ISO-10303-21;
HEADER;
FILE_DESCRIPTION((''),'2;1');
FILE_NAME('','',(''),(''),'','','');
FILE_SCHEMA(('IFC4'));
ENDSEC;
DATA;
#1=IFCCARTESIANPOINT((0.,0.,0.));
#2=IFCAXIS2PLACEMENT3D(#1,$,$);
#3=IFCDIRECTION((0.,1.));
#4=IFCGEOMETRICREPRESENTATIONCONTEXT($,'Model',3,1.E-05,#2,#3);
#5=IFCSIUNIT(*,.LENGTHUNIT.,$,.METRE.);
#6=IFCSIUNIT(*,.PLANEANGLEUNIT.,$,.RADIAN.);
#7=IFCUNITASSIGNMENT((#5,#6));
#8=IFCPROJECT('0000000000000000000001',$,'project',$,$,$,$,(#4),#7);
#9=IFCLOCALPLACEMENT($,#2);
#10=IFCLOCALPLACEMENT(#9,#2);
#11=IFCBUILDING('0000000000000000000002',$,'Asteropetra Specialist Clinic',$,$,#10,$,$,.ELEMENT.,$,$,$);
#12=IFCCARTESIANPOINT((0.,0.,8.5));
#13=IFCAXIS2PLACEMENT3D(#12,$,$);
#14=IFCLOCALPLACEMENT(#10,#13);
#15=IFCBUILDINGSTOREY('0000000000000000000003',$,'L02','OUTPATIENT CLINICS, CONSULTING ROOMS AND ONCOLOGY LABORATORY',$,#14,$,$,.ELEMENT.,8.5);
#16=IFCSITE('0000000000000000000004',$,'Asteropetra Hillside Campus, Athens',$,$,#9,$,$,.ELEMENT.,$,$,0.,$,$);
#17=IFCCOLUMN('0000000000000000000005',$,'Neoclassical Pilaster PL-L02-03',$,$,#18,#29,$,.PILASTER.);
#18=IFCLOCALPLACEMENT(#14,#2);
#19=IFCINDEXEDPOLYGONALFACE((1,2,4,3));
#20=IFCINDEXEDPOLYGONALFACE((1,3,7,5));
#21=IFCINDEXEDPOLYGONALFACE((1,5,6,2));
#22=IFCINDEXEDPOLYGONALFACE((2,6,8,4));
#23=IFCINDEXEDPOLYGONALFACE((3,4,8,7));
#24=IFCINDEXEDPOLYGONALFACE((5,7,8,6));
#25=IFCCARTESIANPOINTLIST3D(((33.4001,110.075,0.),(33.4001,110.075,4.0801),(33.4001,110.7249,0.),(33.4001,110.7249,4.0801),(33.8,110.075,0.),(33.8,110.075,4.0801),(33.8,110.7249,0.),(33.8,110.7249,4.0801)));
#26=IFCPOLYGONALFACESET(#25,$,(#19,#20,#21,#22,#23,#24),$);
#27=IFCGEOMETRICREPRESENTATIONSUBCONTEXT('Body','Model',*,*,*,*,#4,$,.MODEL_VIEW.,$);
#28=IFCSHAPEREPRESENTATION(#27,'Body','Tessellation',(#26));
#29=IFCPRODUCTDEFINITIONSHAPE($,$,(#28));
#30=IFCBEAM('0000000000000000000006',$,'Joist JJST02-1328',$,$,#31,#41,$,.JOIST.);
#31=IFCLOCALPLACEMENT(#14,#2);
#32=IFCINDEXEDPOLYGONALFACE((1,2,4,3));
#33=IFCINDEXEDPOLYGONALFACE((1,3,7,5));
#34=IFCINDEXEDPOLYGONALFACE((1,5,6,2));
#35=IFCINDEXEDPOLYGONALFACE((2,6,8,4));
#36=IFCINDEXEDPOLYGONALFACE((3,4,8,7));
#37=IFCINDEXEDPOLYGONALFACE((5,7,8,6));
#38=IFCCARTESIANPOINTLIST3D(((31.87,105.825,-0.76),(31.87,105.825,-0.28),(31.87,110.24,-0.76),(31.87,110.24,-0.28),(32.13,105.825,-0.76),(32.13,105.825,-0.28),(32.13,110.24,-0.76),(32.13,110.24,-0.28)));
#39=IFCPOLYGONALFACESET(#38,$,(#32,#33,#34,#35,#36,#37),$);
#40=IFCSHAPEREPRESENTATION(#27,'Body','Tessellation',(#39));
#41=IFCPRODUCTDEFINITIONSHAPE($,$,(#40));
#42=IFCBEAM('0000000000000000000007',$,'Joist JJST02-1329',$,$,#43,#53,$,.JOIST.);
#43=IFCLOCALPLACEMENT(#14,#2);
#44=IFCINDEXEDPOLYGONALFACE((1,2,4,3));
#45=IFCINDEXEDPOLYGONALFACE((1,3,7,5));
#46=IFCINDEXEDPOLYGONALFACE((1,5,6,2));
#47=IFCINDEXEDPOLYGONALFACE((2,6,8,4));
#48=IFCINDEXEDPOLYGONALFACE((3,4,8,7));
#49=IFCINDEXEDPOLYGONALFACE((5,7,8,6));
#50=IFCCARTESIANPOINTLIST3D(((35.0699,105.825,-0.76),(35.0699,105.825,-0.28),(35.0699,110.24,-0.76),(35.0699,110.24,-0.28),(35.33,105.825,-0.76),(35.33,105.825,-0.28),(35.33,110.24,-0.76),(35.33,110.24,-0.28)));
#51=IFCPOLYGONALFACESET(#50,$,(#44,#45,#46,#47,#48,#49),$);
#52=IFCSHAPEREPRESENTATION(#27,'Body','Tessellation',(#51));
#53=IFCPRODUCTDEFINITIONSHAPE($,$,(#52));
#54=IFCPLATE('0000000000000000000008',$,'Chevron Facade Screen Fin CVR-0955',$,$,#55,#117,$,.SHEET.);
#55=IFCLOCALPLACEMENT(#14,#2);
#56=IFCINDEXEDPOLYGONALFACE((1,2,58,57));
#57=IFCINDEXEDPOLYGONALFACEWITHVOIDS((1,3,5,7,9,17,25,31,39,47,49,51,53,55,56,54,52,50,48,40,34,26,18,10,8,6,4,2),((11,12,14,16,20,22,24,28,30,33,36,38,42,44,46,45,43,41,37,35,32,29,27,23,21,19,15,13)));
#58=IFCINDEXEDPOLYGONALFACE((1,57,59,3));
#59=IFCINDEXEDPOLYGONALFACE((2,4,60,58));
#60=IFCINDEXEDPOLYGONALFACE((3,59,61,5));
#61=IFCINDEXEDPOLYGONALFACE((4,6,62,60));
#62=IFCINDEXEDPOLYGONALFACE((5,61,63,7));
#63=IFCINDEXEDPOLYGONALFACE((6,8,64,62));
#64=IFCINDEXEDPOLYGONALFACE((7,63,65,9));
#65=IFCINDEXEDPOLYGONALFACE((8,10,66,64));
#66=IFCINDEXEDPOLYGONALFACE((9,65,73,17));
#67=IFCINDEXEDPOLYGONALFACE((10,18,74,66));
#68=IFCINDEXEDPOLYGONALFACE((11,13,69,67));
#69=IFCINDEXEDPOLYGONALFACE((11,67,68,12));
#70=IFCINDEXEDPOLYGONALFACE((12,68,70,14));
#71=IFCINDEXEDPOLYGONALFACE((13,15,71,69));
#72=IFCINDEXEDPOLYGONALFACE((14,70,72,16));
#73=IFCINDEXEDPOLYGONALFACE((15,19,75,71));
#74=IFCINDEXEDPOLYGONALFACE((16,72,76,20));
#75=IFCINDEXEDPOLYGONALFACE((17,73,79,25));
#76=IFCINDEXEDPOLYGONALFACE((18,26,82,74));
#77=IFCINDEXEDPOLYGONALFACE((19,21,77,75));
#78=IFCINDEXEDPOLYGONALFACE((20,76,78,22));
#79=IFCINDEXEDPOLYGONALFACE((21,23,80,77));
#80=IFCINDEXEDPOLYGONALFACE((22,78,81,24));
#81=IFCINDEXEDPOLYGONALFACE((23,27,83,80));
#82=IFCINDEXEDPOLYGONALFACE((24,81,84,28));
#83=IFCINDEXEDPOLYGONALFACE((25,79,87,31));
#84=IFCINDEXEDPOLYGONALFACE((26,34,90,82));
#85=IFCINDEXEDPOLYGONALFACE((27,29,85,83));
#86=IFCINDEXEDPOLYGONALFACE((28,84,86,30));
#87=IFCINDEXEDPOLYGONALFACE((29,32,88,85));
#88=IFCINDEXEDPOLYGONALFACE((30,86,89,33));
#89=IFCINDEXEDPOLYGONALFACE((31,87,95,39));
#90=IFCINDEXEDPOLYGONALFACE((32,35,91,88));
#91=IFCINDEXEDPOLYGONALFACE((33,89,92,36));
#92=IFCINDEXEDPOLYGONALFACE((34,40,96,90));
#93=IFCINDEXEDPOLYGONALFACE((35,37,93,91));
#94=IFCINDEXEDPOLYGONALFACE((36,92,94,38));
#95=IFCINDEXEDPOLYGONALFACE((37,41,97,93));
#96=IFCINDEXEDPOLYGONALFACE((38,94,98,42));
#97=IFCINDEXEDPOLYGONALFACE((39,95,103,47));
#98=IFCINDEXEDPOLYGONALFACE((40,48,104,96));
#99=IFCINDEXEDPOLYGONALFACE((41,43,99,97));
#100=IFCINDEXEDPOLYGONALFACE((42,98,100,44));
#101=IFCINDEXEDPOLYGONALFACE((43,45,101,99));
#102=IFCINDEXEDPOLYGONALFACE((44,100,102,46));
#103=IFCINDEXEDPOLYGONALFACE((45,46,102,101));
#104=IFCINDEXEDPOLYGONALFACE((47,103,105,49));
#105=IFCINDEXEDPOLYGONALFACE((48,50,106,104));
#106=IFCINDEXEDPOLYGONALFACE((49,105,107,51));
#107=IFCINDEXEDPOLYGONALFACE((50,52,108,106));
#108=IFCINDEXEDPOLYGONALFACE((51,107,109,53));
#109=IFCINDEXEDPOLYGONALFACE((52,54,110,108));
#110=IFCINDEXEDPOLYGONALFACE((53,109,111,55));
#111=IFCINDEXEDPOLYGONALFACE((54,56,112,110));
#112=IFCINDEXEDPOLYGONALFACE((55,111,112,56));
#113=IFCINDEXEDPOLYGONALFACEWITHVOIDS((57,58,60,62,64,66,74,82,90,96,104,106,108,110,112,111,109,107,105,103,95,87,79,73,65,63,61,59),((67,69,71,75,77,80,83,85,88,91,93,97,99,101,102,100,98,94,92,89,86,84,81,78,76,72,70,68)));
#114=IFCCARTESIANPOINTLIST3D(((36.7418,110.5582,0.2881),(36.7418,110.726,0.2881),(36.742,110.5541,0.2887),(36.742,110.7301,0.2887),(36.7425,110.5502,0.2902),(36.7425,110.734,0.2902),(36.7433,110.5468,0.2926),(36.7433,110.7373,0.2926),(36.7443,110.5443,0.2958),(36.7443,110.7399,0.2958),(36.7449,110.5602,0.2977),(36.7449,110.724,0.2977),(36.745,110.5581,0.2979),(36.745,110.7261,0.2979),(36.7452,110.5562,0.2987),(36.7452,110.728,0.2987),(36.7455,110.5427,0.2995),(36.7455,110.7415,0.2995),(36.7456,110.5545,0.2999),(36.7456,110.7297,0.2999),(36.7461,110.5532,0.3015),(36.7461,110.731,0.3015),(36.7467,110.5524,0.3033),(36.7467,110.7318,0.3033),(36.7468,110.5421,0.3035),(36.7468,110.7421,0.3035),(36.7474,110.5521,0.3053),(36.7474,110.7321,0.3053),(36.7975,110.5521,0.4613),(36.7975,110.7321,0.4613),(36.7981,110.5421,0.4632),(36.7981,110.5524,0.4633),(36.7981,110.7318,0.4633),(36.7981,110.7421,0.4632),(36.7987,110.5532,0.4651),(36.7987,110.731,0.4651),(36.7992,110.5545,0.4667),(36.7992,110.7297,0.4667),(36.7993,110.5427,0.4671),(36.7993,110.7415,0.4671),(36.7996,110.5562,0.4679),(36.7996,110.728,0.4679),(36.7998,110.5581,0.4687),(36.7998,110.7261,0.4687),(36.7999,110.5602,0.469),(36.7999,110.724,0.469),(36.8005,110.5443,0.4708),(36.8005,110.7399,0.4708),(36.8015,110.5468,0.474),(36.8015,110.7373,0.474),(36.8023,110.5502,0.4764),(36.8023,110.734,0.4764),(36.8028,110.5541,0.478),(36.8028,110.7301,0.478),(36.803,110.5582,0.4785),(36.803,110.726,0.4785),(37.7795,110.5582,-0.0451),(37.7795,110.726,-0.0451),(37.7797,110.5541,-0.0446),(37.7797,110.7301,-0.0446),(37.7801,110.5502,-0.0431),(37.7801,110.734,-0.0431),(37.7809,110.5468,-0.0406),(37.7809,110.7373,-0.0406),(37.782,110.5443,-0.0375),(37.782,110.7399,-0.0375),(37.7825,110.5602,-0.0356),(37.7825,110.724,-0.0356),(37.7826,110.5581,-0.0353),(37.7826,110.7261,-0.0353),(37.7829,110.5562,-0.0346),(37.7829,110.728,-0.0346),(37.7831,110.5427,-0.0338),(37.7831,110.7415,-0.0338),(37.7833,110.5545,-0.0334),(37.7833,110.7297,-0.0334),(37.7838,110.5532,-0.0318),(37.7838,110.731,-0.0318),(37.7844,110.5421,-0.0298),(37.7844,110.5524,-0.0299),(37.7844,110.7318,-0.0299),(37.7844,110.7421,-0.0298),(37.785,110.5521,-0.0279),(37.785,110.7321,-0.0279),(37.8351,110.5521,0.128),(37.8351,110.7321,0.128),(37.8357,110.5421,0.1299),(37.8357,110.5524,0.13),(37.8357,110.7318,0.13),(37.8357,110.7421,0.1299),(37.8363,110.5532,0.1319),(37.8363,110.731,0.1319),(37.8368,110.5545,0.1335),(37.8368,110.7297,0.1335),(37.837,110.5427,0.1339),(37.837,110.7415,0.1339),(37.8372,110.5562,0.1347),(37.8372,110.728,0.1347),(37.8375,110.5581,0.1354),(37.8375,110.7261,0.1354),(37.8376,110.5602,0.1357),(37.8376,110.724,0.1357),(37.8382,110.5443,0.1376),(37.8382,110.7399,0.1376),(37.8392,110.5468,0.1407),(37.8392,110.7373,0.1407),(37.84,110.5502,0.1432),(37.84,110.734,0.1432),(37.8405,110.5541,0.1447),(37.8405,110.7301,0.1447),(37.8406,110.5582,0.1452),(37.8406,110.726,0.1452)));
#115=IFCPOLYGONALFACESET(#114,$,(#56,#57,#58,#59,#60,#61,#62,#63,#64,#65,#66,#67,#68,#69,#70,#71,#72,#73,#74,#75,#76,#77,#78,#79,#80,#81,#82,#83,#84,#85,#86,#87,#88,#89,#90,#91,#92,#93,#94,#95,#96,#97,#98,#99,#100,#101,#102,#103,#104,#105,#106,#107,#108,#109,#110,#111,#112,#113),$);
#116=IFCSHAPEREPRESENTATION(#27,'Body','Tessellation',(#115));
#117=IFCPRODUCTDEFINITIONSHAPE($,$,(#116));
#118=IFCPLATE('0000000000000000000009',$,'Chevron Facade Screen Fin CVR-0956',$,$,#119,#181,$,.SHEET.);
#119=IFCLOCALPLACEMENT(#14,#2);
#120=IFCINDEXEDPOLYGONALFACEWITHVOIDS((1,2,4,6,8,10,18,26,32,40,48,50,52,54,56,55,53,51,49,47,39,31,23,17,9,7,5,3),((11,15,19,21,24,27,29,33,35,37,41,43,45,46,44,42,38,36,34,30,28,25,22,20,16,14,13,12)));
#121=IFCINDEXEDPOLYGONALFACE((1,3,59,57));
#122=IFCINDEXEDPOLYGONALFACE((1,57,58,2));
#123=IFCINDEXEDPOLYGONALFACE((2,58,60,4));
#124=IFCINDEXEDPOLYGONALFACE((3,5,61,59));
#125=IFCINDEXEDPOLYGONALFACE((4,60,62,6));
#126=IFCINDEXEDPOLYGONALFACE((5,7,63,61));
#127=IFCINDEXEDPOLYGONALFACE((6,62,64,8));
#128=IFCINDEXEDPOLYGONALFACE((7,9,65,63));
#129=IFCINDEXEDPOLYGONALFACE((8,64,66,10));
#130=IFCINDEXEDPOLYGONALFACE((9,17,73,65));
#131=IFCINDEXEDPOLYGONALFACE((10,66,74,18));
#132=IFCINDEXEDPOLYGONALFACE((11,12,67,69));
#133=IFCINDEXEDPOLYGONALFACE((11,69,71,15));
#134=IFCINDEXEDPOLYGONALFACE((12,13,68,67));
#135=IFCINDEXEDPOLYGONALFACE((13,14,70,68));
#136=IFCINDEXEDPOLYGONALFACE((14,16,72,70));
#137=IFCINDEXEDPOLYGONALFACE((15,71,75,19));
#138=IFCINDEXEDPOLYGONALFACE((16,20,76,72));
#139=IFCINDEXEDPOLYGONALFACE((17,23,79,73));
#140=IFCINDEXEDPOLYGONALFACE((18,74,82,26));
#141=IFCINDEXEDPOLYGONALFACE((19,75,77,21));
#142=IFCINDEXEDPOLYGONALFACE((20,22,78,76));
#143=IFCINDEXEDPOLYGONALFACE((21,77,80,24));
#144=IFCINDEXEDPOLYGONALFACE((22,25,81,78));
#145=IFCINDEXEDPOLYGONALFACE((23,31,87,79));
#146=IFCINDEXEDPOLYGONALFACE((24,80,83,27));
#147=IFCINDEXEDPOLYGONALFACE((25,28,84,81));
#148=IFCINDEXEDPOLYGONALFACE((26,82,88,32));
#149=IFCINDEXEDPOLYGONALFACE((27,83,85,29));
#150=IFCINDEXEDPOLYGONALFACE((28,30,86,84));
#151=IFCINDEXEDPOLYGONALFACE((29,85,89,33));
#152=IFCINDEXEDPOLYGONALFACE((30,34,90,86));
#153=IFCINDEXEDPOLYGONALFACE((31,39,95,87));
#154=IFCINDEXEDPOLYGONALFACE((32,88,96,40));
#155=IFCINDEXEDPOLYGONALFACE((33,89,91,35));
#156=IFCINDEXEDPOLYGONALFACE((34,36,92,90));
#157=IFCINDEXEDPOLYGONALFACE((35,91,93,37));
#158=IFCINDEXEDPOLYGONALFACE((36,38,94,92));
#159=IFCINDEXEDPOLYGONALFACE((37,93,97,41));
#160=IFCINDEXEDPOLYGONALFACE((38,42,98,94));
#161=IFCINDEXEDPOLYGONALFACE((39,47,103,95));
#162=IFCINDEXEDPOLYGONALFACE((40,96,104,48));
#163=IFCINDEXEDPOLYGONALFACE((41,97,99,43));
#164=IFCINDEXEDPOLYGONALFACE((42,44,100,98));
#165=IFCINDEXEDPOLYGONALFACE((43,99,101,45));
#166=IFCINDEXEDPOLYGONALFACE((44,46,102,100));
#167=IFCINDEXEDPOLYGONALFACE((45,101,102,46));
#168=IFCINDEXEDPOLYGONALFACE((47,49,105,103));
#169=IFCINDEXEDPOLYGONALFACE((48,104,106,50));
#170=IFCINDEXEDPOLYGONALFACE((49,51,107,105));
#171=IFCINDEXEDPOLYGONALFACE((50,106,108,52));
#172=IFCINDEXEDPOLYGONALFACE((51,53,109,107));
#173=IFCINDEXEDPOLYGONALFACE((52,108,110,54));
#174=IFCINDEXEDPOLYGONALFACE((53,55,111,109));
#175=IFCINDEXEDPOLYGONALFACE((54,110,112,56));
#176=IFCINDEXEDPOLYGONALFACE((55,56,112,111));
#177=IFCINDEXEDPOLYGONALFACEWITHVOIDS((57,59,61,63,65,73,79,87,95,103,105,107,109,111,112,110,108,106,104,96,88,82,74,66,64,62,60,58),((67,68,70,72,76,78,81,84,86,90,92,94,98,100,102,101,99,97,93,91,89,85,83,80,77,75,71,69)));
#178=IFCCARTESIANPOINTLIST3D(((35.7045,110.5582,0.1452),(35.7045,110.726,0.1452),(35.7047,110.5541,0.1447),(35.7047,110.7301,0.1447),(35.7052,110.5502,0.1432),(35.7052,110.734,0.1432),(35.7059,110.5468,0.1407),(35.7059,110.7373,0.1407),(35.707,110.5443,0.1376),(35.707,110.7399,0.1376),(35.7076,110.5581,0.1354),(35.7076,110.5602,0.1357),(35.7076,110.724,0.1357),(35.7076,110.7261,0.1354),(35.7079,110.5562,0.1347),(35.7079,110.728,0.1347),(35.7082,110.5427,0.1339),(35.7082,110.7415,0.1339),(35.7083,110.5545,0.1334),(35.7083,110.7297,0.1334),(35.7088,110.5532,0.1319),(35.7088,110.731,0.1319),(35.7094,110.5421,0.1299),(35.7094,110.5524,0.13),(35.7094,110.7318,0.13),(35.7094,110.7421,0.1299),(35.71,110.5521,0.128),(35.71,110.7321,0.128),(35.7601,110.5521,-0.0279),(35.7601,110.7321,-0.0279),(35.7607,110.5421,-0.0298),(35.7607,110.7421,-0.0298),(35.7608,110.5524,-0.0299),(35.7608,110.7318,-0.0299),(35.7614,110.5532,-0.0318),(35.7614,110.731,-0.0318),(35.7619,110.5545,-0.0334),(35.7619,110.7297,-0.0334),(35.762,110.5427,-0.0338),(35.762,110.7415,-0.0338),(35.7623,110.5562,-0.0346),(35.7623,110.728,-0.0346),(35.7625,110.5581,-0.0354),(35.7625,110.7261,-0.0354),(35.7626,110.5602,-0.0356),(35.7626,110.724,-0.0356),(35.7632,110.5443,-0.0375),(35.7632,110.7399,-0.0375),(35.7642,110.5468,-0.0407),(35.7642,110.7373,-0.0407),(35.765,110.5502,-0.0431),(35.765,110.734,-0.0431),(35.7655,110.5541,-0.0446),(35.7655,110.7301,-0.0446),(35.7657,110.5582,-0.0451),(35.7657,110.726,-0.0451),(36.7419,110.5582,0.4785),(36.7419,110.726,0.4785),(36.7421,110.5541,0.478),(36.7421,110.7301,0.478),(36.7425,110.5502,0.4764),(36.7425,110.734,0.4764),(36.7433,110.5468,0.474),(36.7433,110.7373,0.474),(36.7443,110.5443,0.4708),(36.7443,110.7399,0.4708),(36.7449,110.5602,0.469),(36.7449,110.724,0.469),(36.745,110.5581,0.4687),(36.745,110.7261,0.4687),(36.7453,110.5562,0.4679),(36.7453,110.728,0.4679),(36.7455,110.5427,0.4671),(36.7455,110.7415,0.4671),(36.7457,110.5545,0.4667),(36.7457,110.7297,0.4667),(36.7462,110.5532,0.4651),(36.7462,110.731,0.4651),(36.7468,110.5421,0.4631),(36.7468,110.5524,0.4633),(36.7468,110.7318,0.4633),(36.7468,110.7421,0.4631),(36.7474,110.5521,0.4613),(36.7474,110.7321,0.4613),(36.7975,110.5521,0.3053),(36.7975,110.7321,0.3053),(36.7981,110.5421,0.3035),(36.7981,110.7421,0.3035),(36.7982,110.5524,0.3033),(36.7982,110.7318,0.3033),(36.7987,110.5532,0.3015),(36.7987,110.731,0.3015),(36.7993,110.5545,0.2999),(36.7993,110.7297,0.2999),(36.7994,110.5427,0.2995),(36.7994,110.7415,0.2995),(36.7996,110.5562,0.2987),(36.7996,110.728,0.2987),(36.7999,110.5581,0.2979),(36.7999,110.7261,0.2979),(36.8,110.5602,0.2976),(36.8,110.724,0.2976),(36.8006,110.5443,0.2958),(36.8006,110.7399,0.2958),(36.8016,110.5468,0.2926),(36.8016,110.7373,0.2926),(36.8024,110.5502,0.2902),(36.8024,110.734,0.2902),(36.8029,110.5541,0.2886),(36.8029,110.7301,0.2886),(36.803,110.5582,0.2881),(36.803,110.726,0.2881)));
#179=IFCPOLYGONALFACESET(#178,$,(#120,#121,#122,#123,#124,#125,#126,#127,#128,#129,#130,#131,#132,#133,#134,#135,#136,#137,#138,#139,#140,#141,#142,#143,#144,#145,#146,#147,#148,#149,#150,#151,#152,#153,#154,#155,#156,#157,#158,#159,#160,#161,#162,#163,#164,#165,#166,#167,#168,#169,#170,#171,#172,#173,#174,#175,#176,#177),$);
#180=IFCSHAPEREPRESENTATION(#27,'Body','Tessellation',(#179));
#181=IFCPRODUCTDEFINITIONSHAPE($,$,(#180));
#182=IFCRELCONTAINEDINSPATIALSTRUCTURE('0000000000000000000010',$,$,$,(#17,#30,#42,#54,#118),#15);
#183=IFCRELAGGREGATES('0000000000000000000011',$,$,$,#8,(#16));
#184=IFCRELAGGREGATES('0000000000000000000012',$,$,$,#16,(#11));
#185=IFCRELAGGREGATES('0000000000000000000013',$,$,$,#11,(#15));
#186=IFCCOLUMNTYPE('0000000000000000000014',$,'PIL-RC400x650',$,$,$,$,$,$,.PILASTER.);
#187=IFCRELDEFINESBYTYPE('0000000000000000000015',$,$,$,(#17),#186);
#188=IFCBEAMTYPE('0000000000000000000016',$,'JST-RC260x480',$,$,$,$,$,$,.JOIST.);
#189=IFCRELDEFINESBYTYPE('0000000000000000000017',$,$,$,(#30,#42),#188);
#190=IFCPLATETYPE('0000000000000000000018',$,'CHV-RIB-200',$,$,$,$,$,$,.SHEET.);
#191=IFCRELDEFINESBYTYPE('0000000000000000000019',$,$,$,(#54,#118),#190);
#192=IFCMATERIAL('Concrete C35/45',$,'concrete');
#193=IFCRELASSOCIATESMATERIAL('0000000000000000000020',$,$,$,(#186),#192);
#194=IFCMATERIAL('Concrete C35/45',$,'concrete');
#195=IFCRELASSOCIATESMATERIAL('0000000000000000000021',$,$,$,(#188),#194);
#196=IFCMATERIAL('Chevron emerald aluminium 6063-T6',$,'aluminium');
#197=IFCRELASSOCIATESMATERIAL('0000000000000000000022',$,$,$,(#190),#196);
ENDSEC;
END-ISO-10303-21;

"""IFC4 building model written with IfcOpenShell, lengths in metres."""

from ifc_helpers import new_model, si_unit, direction, frame, origin, origin_2d, place, context, subcontext, project, spatial, rectangle, hollow_rectangle, extrude, material, material_profile, profile_set, type_object, element, save


model = new_model("IFC4")

# Units and contexts
model_context = context("Model", 3, precision=1e-05, world=origin(), true_north=direction((0.0, 1.0)))
body_context = subcontext(model_context, "Body", "Model", "MODEL_VIEW")
ifc_project = project(units=[si_unit("LENGTHUNIT", "METRE"), si_unit("PLANEANGLEUNIT", "RADIAN")], contexts=[model_context])

# Site, building, storey
site_placement = place(None, origin())
site = spatial("IfcSite", under=ifc_project, at=site_placement, Name="Asteropetra Hillside Campus, Athens", CompositionType="ELEMENT", RefElevation=0.0)
building_placement = place(site_placement, origin())
building = spatial("IfcBuilding", under=site, at=building_placement, Name="Asteropetra Specialist Clinic", CompositionType="ELEMENT")
storey_placement = place(building_placement, frame((0.0, 0.0, 8.5)))
storey = spatial("IfcBuildingStorey", under=building, at=storey_placement, Name="L02", Description="OUTPATIENT CLINICS, CONSULTING ROOMS AND ONCOLOGY LABORATORY", CompositionType="ELEMENT", Elevation=8.5)

# Column
ifc_material_1 = material(Name="Concrete C35/45", Category="concrete")
ifc_material_profile_1 = material_profile(ifc_material_1, rectangle(XDim=0.3999, YDim=0.6499, at=origin_2d()), Name="PIL 400x650")
ifc_profile_set_1 = profile_set([ifc_material_profile_1], Name="Concrete C35/45")
column_type = type_object("IfcColumnType", Name="PIL-RC400x650", PredefinedType="PILASTER", material=ifc_profile_set_1)
column_placement = place(storey_placement, frame((33.6001, 110.3999, 0.0), z_axis=(0.0, 0.0, 1.0), x_axis=(1.0, 0.0, 0.0)))
element("IfcColumn", 1, at=column_placement, inside=storey, type_object=column_type, Name="Neoclassical Pilaster PL-L02-03", PredefinedType="PILASTER", context=body_context, shape_type="SweptSolid", body=[
    extrude(rectangle(XDim=0.3999, YDim=0.6499, at=origin_2d()), origin(), (0.0, 0.0, 1.0), 4.0801),
])

# Beams
ifc_material_2 = material(Name="Concrete C35/45", Category="concrete")
ifc_material_profile_2 = material_profile(ifc_material_2, rectangle(XDim=0.26, YDim=0.48, at=origin_2d()), Name="RCJ 260x480")
ifc_profile_set_2 = profile_set([ifc_material_profile_2], Name="Concrete C35/45")
beam_type = type_object("IfcBeamType", Name="JST-RC260x480", PredefinedType="JOIST", material=ifc_profile_set_2)
for number, where, z_axis, x_axis, name in (
    (2, (32.0, 105.825, -0.52), (0.0, 1.0, 0.0), (-1.0, 0.0, 0.0), "Joist JJST02-1328"),
    (3, (35.2, 105.825, -0.52), (0.0, 1.0, 0.0), (-1.0, 0.0, 0.0), "Joist JJST02-1329"),
):
    element("IfcBeam", number, at=place(storey_placement, frame(where, z_axis=z_axis, x_axis=x_axis)), inside=storey, type_object=beam_type, Name=name, PredefinedType="JOIST", context=body_context, shape_type="SweptSolid", body=[
        extrude(rectangle(XDim=0.26, YDim=0.48, at=origin_2d()), origin(), (0.0, 0.0, 1.0), 4.415),
    ])

# Plates
ifc_material_3 = material(Name="Chevron emerald aluminium 6063-T6", Category="aluminium")
ifc_material_profile_3 = material_profile(ifc_material_3, hollow_rectangle(XDim=0.2, YDim=0.2, WallThickness=0.01, InnerFilletRadius=0.0081, OuterFilletRadius=0.0161, at=origin_2d()), Name="SHS 200x200x10.0")
ifc_profile_set_3 = profile_set([ifc_material_profile_3], Name="Chevron emerald aluminium 6063-T6")
plate_type = type_object("IfcPlateType", Name="CHV-RIB-200", PredefinedType="SHEET", material=ifc_profile_set_3)
plate_placement = place(storey_placement, frame((37.8101, 110.6421, 0.05), z_axis=(-0.952098, 0.0, 0.305792), x_axis=(0.0, -1.0, 0.0)))
element("IfcPlate", 4, at=plate_placement, inside=storey, type_object=plate_type, Name="Chevron Facade Screen Fin CVR-0955", PredefinedType="SHEET", context=body_context, shape_type="SweptSolid", body=[
    extrude(hollow_rectangle(XDim=0.2, YDim=0.2, WallThickness=0.01, InnerFilletRadius=0.0081, OuterFilletRadius=0.0161, at=origin_2d()), origin(), (0.0, 0.0, 1.0), 1.0898),
])
for number, where, z_axis, x_axis, name in (
    (5, (36.7725, 110.6421, 0.3833), (-0.952078, 0.0, -0.305857), (0.0, -1.0, 0.0), "Chevron Facade Screen Fin CVR-0956"),
):
    element("IfcPlate", number, at=place(storey_placement, frame(where, z_axis=z_axis, x_axis=x_axis)), inside=storey, type_object=plate_type, Name=name, PredefinedType="SHEET", context=body_context, shape_type="SweptSolid", body=[
        extrude(hollow_rectangle(XDim=0.2, YDim=0.2, WallThickness=0.01, InnerFilletRadius=0.0081, OuterFilletRadius=0.0161, at=origin_2d()), origin(), (0.0, 0.0, 1.0), 1.0896),
    ])

save(model, "model.ifc")
